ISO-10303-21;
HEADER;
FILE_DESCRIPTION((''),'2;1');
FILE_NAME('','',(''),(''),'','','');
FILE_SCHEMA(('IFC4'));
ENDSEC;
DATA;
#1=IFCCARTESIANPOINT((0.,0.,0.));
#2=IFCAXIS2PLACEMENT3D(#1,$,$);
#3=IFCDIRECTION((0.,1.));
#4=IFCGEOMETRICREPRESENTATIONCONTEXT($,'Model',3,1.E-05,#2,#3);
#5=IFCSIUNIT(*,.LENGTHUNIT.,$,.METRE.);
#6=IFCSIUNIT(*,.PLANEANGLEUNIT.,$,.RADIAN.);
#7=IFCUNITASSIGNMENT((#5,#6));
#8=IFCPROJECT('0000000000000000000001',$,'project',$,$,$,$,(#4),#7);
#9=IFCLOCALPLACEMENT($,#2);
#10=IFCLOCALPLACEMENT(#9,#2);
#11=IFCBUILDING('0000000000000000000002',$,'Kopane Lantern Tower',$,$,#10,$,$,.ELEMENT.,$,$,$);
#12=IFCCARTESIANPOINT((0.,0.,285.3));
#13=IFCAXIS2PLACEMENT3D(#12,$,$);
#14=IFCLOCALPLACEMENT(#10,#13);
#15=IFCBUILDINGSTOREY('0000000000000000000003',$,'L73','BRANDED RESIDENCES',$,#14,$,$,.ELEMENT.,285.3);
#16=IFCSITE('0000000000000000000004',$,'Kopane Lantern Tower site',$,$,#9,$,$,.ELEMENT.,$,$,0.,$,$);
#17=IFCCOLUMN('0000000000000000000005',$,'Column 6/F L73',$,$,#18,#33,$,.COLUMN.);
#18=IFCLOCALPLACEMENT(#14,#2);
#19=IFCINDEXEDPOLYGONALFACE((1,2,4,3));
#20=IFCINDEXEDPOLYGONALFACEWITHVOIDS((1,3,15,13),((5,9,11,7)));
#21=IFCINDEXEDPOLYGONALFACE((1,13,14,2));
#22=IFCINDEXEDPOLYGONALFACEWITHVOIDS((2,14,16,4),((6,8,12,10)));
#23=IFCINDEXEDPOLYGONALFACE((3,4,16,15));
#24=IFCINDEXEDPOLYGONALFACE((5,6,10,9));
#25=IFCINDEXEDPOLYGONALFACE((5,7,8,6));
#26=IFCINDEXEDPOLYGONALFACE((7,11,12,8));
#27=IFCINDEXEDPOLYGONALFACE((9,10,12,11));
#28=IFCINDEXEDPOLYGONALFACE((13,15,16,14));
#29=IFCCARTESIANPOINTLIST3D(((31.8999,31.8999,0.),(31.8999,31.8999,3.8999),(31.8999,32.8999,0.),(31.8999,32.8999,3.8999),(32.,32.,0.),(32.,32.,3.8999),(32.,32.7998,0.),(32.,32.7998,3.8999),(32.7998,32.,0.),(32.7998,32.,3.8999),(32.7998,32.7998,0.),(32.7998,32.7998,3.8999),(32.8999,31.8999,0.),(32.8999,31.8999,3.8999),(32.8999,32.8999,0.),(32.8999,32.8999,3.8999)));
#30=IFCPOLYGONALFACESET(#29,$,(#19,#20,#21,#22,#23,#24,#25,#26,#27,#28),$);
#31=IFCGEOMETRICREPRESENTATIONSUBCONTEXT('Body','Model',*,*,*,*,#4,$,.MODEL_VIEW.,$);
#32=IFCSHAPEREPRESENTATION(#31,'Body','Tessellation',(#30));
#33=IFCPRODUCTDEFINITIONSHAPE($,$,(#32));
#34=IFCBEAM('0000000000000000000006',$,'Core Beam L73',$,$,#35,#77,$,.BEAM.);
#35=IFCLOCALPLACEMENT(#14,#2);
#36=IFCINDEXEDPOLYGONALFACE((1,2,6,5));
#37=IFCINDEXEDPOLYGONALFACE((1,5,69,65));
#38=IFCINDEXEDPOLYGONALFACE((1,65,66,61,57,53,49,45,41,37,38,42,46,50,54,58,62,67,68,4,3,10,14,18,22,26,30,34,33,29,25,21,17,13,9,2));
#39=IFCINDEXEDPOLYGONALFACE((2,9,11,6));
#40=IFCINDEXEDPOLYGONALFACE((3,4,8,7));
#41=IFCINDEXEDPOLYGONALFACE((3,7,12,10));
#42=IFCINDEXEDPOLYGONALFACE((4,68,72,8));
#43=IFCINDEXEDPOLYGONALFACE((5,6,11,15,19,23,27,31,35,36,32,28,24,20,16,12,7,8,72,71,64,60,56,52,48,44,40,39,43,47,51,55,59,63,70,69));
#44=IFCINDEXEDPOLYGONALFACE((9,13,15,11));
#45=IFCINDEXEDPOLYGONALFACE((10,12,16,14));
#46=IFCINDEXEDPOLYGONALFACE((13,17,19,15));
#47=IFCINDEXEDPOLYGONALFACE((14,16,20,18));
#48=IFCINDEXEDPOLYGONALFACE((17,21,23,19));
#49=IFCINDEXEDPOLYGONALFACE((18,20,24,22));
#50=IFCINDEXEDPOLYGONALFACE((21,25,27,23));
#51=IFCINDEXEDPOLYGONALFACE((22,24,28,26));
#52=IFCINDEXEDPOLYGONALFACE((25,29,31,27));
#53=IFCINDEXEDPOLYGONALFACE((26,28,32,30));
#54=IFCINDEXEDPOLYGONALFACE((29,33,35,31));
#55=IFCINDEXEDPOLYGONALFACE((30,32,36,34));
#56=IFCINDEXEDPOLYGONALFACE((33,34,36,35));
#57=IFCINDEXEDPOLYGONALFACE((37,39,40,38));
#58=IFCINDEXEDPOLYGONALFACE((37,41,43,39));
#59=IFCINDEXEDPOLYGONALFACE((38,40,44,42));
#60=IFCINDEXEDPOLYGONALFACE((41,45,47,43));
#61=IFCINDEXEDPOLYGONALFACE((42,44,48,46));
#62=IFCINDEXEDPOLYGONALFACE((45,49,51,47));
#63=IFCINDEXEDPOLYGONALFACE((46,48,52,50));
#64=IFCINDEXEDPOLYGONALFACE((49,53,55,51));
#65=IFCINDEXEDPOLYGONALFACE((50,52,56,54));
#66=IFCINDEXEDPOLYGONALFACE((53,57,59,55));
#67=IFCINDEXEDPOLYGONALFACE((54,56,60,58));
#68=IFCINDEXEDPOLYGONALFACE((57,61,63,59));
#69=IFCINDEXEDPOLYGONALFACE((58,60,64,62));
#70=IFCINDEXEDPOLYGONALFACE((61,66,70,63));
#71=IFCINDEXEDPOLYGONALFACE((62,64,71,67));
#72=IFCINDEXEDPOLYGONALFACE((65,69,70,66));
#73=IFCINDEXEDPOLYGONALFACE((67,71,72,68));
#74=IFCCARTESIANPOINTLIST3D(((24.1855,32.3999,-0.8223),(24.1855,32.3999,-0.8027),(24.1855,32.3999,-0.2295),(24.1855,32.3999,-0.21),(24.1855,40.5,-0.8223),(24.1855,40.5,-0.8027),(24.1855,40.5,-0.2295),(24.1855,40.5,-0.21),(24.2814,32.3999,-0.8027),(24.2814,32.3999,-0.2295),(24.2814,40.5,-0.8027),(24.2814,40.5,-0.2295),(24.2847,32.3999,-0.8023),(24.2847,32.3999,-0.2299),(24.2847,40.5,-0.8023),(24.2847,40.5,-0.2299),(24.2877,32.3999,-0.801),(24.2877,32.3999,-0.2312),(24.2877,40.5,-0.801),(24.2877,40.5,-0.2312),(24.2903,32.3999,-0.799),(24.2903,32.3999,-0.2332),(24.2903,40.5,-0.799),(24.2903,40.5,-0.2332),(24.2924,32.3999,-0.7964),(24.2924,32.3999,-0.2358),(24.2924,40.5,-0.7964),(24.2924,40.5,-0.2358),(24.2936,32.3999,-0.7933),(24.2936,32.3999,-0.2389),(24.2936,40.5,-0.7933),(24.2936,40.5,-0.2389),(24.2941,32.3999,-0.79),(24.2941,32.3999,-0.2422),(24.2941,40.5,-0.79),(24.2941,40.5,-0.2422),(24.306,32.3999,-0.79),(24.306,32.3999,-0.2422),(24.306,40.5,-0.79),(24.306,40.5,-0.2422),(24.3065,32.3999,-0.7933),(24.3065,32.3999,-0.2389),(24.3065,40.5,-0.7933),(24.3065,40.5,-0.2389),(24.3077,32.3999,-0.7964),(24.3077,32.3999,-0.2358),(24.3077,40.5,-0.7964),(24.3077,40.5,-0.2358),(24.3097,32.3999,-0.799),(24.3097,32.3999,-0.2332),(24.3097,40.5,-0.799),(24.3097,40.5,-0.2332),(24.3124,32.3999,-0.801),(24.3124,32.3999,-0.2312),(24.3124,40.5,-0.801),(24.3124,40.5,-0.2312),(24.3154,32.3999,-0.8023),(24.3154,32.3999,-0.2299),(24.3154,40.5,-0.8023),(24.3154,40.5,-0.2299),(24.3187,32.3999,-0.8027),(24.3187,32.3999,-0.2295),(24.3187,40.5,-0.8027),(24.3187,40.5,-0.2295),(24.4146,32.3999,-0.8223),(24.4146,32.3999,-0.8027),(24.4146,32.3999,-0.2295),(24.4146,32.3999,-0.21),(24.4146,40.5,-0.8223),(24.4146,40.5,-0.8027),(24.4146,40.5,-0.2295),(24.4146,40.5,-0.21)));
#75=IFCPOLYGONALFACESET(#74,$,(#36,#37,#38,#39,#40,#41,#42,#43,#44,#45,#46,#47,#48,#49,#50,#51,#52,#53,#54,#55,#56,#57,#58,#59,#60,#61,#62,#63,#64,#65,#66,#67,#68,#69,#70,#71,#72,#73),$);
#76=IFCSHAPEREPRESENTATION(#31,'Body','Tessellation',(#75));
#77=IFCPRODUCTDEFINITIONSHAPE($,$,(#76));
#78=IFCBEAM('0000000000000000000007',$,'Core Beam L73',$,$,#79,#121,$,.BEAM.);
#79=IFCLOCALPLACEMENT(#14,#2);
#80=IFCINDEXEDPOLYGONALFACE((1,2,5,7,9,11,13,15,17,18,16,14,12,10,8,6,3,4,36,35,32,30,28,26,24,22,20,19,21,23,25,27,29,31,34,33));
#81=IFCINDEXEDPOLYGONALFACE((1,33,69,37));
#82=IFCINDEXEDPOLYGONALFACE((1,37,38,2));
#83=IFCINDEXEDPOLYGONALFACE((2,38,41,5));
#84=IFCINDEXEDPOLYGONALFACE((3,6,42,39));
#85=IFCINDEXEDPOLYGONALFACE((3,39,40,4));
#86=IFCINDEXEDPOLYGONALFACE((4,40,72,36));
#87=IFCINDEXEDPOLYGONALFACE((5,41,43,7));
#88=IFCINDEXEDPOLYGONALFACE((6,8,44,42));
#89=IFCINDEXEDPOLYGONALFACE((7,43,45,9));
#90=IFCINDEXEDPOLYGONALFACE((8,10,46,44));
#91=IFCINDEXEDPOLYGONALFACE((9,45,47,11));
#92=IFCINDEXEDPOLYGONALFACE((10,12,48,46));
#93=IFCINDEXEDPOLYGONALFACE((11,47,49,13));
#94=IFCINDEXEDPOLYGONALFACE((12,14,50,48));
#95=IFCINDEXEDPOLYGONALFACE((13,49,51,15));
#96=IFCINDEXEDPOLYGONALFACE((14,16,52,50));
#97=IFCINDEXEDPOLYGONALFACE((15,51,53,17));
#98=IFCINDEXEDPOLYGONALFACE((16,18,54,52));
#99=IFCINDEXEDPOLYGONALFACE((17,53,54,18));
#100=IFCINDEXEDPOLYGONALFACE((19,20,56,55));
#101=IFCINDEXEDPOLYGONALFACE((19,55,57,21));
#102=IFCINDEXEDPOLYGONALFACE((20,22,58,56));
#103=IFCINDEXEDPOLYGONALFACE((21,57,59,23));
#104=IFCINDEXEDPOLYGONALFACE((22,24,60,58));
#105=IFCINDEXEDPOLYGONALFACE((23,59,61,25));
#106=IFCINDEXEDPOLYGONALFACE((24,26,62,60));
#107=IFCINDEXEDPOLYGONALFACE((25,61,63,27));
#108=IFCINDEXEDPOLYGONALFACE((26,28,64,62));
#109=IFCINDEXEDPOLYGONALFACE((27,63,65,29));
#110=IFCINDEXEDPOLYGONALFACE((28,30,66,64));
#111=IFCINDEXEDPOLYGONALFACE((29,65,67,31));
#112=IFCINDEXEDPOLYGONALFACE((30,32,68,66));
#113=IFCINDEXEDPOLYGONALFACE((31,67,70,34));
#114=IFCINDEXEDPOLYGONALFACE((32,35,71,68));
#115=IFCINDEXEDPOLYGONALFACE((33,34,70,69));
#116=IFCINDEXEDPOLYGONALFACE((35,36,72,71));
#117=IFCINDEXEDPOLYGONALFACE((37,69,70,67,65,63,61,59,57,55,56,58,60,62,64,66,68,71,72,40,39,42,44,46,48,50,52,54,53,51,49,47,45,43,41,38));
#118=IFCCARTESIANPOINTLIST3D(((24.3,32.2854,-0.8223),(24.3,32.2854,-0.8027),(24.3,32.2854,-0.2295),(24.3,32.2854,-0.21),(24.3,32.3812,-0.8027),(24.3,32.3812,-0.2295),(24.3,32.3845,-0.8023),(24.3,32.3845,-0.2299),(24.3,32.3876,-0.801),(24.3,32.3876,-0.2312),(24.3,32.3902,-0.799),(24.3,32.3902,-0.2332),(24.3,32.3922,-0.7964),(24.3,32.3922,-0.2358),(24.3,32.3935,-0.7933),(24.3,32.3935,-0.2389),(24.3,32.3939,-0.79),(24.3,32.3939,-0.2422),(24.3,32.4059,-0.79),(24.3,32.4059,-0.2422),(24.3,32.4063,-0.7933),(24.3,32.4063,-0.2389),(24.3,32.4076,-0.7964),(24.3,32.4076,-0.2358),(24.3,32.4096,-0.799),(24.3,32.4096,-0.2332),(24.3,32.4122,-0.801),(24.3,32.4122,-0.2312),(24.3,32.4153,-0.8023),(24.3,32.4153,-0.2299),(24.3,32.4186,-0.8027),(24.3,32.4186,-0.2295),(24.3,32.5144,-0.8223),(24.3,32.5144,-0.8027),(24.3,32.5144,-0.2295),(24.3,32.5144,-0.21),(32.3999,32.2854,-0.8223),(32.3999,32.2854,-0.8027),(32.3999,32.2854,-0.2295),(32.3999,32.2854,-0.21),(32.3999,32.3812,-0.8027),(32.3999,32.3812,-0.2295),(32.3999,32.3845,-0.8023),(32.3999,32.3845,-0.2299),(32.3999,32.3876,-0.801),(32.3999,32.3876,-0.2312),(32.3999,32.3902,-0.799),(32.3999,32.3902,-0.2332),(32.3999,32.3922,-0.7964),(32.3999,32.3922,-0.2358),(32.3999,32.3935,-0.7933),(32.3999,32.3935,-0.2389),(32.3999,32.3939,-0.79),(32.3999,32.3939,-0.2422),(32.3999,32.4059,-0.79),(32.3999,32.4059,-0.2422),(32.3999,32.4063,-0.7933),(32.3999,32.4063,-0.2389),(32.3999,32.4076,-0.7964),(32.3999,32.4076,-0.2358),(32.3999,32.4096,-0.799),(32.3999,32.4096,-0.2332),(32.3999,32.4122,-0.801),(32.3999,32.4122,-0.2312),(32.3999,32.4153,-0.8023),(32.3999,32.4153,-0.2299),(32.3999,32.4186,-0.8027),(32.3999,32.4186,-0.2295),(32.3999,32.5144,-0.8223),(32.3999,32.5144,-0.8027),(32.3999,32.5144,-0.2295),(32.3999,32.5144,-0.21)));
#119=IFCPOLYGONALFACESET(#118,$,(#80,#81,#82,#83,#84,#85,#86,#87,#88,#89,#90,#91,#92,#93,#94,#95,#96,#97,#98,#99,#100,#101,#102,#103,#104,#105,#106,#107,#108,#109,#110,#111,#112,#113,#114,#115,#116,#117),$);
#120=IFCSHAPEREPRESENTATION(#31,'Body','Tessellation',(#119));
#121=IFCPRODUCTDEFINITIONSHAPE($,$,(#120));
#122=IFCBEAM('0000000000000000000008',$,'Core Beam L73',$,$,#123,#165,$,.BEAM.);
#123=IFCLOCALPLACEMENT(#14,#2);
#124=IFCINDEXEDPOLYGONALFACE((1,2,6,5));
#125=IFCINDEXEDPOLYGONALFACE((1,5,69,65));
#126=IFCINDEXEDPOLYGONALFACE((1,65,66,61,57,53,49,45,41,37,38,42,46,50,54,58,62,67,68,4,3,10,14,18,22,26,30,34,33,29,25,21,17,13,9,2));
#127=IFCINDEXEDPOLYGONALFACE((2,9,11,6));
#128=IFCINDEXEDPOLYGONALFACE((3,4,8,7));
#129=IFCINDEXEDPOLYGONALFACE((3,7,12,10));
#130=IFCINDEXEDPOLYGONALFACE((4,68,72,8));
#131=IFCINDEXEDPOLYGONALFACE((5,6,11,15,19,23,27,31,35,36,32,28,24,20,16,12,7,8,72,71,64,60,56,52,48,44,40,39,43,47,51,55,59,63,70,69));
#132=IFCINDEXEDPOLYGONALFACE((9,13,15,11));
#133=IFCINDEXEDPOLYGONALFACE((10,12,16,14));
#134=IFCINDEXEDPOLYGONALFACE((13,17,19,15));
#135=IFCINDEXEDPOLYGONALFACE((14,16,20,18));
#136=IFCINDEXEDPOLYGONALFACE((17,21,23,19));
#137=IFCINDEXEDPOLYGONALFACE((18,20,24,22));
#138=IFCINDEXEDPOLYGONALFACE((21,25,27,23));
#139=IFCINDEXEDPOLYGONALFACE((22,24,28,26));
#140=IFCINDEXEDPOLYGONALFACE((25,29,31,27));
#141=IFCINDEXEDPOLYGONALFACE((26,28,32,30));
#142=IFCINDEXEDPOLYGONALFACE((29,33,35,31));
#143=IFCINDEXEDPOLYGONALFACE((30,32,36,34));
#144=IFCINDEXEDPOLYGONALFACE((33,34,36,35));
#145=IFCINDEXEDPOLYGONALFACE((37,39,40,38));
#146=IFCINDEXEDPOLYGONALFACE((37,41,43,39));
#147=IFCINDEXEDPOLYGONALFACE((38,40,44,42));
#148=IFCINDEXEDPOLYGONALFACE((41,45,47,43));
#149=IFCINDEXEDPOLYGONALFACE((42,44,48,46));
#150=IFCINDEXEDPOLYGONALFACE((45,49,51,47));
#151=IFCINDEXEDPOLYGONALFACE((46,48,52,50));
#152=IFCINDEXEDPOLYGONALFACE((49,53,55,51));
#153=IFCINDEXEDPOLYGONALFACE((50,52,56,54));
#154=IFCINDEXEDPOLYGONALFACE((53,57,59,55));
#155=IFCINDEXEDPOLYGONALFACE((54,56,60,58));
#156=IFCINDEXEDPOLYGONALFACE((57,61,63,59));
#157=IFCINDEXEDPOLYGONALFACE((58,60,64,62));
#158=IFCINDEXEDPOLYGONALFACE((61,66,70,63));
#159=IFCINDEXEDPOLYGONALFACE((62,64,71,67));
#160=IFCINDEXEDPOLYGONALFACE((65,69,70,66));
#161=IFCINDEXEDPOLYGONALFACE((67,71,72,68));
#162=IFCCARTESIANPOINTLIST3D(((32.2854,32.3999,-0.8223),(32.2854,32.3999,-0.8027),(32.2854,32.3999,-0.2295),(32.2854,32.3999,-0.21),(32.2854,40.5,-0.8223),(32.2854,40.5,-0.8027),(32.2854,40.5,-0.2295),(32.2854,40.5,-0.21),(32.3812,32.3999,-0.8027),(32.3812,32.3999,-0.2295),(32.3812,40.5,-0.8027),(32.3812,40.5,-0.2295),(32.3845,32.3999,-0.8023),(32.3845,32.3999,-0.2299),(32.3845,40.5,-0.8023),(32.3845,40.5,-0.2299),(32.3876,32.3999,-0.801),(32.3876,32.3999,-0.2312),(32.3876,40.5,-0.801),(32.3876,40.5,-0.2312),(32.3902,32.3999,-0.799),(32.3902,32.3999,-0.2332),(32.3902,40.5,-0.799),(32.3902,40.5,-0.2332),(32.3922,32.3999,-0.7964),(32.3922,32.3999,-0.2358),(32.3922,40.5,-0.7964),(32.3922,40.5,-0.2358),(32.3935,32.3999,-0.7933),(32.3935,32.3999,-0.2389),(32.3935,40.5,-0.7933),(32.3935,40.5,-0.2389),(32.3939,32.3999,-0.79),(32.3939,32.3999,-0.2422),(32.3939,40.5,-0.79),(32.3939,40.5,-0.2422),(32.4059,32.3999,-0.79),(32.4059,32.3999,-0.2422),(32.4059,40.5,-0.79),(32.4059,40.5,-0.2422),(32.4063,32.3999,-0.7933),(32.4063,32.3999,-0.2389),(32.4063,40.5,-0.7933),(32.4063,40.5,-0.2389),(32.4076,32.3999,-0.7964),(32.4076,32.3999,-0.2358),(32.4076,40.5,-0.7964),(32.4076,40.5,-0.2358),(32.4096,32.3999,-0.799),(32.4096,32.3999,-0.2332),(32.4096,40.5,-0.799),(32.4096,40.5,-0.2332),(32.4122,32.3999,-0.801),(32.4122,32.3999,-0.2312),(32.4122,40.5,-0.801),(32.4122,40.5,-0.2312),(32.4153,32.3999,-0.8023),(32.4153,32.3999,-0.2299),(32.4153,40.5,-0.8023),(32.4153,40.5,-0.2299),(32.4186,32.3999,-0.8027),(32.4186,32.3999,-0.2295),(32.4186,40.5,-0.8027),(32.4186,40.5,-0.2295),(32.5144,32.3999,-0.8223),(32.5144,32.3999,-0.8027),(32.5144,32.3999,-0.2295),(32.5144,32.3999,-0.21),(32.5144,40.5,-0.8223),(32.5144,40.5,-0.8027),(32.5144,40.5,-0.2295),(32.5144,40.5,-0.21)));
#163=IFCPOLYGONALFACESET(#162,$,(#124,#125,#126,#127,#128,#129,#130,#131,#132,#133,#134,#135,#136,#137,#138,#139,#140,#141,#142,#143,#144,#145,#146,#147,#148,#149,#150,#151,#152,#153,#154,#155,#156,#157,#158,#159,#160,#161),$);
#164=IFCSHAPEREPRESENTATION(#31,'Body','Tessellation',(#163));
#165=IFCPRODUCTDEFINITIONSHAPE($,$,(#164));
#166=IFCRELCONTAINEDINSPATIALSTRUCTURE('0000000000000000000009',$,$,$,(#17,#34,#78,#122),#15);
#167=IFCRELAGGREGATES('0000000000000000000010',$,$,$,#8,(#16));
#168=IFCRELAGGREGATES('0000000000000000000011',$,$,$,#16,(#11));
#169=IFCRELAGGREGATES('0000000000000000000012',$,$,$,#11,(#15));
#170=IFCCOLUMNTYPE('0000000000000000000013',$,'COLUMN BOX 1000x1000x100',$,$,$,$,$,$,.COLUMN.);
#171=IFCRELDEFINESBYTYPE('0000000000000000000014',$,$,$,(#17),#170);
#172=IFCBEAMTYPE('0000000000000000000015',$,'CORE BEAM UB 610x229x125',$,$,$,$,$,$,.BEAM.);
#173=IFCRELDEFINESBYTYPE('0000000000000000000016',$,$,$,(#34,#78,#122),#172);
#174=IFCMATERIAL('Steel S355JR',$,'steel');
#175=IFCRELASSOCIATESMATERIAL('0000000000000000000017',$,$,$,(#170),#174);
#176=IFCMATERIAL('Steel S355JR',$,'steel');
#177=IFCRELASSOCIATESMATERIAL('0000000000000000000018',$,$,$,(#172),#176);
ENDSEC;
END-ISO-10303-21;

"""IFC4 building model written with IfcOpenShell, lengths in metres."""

from ifc_helpers import new_model, si_unit, direction, frame, origin, origin_2d, place, context, subcontext, project, spatial, hollow_rectangle, i_section, extrude, material, material_profile, profile_set, type_object, element, save


model = new_model("IFC4")

# Units and contexts
model_context = context("Model", 3, precision=1e-05, world=origin(), true_north=direction((0.0, 1.0)))
body_context = subcontext(model_context, "Body", "Model", "MODEL_VIEW")
ifc_project = project(units=[si_unit("LENGTHUNIT", "METRE"), si_unit("PLANEANGLEUNIT", "RADIAN")], contexts=[model_context])

# Site, building, storey
site_placement = place(None, origin())
site = spatial("IfcSite", under=ifc_project, at=site_placement, Name="Kopane Lantern Tower site", CompositionType="ELEMENT", RefElevation=0.0)
building_placement = place(site_placement, origin())
building = spatial("IfcBuilding", under=site, at=building_placement, Name="Kopane Lantern Tower", CompositionType="ELEMENT")
storey_placement = place(building_placement, frame((0.0, 0.0, 285.3)))
storey = spatial("IfcBuildingStorey", under=building, at=storey_placement, Name="L73", Description="BRANDED RESIDENCES", CompositionType="ELEMENT", Elevation=285.3)

# Column
ifc_material_1 = material(Name="Steel S355JR", Category="steel")
ifc_material_profile_1 = material_profile(ifc_material_1, hollow_rectangle(XDim=1.0, YDim=1.0, WallThickness=0.1001, at=origin_2d()), Name="BOX 1000x1000x100")
ifc_profile_set_1 = profile_set([ifc_material_profile_1], Name="Steel S355JR")
column_type = type_object("IfcColumnType", Name="COLUMN BOX 1000x1000x100", PredefinedType="COLUMN", material=ifc_profile_set_1)
column_placement = place(storey_placement, frame((32.3999, 32.3999, 0.0), z_axis=(0.0, 0.0, 1.0), x_axis=(1.0, 0.0, 0.0)))
element("IfcColumn", 1, at=column_placement, inside=storey, type_object=column_type, Name="Column 6/F L73", PredefinedType="COLUMN", context=body_context, shape_type="SweptSolid", body=[
    extrude(hollow_rectangle(XDim=1.0, YDim=1.0, WallThickness=0.1001, at=origin_2d()), origin(), (0.0, 0.0, 1.0), 3.8999),
])

# Beams
ifc_material_2 = material(Name="Steel S355JR", Category="steel")
ifc_material_profile_2 = material_profile(ifc_material_2, i_section(OverallWidth=0.229, OverallDepth=0.6123, WebThickness=0.012, FlangeThickness=0.0195, FilletRadius=0.0127, at=origin_2d()), Name="UB 610x229x125")
ifc_profile_set_2 = profile_set([ifc_material_profile_2], Name="Steel S355JR")
beam_type = type_object("IfcBeamType", Name="CORE BEAM UB 610x229x125", PredefinedType="BEAM", material=ifc_profile_set_2)
beam_1_placement = place(storey_placement, frame((24.3, 32.3999, -0.5161), z_axis=(0.0, 1.0, 0.0), x_axis=(-1.0, 0.0, 0.0)))
element("IfcBeam", 2, at=beam_1_placement, inside=storey, type_object=beam_type, Name="Core Beam L73", PredefinedType="BEAM", context=body_context, shape_type="SweptSolid", body=[
    extrude(i_section(OverallWidth=0.229, OverallDepth=0.6123, WebThickness=0.012, FlangeThickness=0.0195, FilletRadius=0.0127, at=origin_2d()), origin(), (0.0, 0.0, 1.0), 8.1001),
])
beam_2_placement = place(storey_placement, frame((24.3, 32.3999, -0.5161), z_axis=(1.0, 0.0, 0.0), x_axis=(0.0, 1.0, 0.0)))
element("IfcBeam", 3, at=beam_2_placement, inside=storey, type_object=beam_type, Name="Core Beam L73", PredefinedType="BEAM", context=body_context, shape_type="SweptSolid", body=[
    extrude(i_section(OverallWidth=0.229, OverallDepth=0.6123, WebThickness=0.012, FlangeThickness=0.0195, FilletRadius=0.0127, at=origin_2d()), origin(), (0.0, 0.0, 1.0), 8.0999),
])
for number, where, z_axis, x_axis, name in (
    (4, (32.3999, 32.3999, -0.5161), (0.0, 1.0, 0.0), (-1.0, 0.0, 0.0), "Core Beam L73"),
):
    element("IfcBeam", number, at=place(storey_placement, frame(where, z_axis=z_axis, x_axis=x_axis)), inside=storey, type_object=beam_type, Name=name, PredefinedType="BEAM", context=body_context, shape_type="SweptSolid", body=[
        extrude(i_section(OverallWidth=0.229, OverallDepth=0.6123, WebThickness=0.012, FlangeThickness=0.0195, FilletRadius=0.0127, at=origin_2d()), origin(), (0.0, 0.0, 1.0), 8.1001),
    ])

save(model, "model.ifc")
